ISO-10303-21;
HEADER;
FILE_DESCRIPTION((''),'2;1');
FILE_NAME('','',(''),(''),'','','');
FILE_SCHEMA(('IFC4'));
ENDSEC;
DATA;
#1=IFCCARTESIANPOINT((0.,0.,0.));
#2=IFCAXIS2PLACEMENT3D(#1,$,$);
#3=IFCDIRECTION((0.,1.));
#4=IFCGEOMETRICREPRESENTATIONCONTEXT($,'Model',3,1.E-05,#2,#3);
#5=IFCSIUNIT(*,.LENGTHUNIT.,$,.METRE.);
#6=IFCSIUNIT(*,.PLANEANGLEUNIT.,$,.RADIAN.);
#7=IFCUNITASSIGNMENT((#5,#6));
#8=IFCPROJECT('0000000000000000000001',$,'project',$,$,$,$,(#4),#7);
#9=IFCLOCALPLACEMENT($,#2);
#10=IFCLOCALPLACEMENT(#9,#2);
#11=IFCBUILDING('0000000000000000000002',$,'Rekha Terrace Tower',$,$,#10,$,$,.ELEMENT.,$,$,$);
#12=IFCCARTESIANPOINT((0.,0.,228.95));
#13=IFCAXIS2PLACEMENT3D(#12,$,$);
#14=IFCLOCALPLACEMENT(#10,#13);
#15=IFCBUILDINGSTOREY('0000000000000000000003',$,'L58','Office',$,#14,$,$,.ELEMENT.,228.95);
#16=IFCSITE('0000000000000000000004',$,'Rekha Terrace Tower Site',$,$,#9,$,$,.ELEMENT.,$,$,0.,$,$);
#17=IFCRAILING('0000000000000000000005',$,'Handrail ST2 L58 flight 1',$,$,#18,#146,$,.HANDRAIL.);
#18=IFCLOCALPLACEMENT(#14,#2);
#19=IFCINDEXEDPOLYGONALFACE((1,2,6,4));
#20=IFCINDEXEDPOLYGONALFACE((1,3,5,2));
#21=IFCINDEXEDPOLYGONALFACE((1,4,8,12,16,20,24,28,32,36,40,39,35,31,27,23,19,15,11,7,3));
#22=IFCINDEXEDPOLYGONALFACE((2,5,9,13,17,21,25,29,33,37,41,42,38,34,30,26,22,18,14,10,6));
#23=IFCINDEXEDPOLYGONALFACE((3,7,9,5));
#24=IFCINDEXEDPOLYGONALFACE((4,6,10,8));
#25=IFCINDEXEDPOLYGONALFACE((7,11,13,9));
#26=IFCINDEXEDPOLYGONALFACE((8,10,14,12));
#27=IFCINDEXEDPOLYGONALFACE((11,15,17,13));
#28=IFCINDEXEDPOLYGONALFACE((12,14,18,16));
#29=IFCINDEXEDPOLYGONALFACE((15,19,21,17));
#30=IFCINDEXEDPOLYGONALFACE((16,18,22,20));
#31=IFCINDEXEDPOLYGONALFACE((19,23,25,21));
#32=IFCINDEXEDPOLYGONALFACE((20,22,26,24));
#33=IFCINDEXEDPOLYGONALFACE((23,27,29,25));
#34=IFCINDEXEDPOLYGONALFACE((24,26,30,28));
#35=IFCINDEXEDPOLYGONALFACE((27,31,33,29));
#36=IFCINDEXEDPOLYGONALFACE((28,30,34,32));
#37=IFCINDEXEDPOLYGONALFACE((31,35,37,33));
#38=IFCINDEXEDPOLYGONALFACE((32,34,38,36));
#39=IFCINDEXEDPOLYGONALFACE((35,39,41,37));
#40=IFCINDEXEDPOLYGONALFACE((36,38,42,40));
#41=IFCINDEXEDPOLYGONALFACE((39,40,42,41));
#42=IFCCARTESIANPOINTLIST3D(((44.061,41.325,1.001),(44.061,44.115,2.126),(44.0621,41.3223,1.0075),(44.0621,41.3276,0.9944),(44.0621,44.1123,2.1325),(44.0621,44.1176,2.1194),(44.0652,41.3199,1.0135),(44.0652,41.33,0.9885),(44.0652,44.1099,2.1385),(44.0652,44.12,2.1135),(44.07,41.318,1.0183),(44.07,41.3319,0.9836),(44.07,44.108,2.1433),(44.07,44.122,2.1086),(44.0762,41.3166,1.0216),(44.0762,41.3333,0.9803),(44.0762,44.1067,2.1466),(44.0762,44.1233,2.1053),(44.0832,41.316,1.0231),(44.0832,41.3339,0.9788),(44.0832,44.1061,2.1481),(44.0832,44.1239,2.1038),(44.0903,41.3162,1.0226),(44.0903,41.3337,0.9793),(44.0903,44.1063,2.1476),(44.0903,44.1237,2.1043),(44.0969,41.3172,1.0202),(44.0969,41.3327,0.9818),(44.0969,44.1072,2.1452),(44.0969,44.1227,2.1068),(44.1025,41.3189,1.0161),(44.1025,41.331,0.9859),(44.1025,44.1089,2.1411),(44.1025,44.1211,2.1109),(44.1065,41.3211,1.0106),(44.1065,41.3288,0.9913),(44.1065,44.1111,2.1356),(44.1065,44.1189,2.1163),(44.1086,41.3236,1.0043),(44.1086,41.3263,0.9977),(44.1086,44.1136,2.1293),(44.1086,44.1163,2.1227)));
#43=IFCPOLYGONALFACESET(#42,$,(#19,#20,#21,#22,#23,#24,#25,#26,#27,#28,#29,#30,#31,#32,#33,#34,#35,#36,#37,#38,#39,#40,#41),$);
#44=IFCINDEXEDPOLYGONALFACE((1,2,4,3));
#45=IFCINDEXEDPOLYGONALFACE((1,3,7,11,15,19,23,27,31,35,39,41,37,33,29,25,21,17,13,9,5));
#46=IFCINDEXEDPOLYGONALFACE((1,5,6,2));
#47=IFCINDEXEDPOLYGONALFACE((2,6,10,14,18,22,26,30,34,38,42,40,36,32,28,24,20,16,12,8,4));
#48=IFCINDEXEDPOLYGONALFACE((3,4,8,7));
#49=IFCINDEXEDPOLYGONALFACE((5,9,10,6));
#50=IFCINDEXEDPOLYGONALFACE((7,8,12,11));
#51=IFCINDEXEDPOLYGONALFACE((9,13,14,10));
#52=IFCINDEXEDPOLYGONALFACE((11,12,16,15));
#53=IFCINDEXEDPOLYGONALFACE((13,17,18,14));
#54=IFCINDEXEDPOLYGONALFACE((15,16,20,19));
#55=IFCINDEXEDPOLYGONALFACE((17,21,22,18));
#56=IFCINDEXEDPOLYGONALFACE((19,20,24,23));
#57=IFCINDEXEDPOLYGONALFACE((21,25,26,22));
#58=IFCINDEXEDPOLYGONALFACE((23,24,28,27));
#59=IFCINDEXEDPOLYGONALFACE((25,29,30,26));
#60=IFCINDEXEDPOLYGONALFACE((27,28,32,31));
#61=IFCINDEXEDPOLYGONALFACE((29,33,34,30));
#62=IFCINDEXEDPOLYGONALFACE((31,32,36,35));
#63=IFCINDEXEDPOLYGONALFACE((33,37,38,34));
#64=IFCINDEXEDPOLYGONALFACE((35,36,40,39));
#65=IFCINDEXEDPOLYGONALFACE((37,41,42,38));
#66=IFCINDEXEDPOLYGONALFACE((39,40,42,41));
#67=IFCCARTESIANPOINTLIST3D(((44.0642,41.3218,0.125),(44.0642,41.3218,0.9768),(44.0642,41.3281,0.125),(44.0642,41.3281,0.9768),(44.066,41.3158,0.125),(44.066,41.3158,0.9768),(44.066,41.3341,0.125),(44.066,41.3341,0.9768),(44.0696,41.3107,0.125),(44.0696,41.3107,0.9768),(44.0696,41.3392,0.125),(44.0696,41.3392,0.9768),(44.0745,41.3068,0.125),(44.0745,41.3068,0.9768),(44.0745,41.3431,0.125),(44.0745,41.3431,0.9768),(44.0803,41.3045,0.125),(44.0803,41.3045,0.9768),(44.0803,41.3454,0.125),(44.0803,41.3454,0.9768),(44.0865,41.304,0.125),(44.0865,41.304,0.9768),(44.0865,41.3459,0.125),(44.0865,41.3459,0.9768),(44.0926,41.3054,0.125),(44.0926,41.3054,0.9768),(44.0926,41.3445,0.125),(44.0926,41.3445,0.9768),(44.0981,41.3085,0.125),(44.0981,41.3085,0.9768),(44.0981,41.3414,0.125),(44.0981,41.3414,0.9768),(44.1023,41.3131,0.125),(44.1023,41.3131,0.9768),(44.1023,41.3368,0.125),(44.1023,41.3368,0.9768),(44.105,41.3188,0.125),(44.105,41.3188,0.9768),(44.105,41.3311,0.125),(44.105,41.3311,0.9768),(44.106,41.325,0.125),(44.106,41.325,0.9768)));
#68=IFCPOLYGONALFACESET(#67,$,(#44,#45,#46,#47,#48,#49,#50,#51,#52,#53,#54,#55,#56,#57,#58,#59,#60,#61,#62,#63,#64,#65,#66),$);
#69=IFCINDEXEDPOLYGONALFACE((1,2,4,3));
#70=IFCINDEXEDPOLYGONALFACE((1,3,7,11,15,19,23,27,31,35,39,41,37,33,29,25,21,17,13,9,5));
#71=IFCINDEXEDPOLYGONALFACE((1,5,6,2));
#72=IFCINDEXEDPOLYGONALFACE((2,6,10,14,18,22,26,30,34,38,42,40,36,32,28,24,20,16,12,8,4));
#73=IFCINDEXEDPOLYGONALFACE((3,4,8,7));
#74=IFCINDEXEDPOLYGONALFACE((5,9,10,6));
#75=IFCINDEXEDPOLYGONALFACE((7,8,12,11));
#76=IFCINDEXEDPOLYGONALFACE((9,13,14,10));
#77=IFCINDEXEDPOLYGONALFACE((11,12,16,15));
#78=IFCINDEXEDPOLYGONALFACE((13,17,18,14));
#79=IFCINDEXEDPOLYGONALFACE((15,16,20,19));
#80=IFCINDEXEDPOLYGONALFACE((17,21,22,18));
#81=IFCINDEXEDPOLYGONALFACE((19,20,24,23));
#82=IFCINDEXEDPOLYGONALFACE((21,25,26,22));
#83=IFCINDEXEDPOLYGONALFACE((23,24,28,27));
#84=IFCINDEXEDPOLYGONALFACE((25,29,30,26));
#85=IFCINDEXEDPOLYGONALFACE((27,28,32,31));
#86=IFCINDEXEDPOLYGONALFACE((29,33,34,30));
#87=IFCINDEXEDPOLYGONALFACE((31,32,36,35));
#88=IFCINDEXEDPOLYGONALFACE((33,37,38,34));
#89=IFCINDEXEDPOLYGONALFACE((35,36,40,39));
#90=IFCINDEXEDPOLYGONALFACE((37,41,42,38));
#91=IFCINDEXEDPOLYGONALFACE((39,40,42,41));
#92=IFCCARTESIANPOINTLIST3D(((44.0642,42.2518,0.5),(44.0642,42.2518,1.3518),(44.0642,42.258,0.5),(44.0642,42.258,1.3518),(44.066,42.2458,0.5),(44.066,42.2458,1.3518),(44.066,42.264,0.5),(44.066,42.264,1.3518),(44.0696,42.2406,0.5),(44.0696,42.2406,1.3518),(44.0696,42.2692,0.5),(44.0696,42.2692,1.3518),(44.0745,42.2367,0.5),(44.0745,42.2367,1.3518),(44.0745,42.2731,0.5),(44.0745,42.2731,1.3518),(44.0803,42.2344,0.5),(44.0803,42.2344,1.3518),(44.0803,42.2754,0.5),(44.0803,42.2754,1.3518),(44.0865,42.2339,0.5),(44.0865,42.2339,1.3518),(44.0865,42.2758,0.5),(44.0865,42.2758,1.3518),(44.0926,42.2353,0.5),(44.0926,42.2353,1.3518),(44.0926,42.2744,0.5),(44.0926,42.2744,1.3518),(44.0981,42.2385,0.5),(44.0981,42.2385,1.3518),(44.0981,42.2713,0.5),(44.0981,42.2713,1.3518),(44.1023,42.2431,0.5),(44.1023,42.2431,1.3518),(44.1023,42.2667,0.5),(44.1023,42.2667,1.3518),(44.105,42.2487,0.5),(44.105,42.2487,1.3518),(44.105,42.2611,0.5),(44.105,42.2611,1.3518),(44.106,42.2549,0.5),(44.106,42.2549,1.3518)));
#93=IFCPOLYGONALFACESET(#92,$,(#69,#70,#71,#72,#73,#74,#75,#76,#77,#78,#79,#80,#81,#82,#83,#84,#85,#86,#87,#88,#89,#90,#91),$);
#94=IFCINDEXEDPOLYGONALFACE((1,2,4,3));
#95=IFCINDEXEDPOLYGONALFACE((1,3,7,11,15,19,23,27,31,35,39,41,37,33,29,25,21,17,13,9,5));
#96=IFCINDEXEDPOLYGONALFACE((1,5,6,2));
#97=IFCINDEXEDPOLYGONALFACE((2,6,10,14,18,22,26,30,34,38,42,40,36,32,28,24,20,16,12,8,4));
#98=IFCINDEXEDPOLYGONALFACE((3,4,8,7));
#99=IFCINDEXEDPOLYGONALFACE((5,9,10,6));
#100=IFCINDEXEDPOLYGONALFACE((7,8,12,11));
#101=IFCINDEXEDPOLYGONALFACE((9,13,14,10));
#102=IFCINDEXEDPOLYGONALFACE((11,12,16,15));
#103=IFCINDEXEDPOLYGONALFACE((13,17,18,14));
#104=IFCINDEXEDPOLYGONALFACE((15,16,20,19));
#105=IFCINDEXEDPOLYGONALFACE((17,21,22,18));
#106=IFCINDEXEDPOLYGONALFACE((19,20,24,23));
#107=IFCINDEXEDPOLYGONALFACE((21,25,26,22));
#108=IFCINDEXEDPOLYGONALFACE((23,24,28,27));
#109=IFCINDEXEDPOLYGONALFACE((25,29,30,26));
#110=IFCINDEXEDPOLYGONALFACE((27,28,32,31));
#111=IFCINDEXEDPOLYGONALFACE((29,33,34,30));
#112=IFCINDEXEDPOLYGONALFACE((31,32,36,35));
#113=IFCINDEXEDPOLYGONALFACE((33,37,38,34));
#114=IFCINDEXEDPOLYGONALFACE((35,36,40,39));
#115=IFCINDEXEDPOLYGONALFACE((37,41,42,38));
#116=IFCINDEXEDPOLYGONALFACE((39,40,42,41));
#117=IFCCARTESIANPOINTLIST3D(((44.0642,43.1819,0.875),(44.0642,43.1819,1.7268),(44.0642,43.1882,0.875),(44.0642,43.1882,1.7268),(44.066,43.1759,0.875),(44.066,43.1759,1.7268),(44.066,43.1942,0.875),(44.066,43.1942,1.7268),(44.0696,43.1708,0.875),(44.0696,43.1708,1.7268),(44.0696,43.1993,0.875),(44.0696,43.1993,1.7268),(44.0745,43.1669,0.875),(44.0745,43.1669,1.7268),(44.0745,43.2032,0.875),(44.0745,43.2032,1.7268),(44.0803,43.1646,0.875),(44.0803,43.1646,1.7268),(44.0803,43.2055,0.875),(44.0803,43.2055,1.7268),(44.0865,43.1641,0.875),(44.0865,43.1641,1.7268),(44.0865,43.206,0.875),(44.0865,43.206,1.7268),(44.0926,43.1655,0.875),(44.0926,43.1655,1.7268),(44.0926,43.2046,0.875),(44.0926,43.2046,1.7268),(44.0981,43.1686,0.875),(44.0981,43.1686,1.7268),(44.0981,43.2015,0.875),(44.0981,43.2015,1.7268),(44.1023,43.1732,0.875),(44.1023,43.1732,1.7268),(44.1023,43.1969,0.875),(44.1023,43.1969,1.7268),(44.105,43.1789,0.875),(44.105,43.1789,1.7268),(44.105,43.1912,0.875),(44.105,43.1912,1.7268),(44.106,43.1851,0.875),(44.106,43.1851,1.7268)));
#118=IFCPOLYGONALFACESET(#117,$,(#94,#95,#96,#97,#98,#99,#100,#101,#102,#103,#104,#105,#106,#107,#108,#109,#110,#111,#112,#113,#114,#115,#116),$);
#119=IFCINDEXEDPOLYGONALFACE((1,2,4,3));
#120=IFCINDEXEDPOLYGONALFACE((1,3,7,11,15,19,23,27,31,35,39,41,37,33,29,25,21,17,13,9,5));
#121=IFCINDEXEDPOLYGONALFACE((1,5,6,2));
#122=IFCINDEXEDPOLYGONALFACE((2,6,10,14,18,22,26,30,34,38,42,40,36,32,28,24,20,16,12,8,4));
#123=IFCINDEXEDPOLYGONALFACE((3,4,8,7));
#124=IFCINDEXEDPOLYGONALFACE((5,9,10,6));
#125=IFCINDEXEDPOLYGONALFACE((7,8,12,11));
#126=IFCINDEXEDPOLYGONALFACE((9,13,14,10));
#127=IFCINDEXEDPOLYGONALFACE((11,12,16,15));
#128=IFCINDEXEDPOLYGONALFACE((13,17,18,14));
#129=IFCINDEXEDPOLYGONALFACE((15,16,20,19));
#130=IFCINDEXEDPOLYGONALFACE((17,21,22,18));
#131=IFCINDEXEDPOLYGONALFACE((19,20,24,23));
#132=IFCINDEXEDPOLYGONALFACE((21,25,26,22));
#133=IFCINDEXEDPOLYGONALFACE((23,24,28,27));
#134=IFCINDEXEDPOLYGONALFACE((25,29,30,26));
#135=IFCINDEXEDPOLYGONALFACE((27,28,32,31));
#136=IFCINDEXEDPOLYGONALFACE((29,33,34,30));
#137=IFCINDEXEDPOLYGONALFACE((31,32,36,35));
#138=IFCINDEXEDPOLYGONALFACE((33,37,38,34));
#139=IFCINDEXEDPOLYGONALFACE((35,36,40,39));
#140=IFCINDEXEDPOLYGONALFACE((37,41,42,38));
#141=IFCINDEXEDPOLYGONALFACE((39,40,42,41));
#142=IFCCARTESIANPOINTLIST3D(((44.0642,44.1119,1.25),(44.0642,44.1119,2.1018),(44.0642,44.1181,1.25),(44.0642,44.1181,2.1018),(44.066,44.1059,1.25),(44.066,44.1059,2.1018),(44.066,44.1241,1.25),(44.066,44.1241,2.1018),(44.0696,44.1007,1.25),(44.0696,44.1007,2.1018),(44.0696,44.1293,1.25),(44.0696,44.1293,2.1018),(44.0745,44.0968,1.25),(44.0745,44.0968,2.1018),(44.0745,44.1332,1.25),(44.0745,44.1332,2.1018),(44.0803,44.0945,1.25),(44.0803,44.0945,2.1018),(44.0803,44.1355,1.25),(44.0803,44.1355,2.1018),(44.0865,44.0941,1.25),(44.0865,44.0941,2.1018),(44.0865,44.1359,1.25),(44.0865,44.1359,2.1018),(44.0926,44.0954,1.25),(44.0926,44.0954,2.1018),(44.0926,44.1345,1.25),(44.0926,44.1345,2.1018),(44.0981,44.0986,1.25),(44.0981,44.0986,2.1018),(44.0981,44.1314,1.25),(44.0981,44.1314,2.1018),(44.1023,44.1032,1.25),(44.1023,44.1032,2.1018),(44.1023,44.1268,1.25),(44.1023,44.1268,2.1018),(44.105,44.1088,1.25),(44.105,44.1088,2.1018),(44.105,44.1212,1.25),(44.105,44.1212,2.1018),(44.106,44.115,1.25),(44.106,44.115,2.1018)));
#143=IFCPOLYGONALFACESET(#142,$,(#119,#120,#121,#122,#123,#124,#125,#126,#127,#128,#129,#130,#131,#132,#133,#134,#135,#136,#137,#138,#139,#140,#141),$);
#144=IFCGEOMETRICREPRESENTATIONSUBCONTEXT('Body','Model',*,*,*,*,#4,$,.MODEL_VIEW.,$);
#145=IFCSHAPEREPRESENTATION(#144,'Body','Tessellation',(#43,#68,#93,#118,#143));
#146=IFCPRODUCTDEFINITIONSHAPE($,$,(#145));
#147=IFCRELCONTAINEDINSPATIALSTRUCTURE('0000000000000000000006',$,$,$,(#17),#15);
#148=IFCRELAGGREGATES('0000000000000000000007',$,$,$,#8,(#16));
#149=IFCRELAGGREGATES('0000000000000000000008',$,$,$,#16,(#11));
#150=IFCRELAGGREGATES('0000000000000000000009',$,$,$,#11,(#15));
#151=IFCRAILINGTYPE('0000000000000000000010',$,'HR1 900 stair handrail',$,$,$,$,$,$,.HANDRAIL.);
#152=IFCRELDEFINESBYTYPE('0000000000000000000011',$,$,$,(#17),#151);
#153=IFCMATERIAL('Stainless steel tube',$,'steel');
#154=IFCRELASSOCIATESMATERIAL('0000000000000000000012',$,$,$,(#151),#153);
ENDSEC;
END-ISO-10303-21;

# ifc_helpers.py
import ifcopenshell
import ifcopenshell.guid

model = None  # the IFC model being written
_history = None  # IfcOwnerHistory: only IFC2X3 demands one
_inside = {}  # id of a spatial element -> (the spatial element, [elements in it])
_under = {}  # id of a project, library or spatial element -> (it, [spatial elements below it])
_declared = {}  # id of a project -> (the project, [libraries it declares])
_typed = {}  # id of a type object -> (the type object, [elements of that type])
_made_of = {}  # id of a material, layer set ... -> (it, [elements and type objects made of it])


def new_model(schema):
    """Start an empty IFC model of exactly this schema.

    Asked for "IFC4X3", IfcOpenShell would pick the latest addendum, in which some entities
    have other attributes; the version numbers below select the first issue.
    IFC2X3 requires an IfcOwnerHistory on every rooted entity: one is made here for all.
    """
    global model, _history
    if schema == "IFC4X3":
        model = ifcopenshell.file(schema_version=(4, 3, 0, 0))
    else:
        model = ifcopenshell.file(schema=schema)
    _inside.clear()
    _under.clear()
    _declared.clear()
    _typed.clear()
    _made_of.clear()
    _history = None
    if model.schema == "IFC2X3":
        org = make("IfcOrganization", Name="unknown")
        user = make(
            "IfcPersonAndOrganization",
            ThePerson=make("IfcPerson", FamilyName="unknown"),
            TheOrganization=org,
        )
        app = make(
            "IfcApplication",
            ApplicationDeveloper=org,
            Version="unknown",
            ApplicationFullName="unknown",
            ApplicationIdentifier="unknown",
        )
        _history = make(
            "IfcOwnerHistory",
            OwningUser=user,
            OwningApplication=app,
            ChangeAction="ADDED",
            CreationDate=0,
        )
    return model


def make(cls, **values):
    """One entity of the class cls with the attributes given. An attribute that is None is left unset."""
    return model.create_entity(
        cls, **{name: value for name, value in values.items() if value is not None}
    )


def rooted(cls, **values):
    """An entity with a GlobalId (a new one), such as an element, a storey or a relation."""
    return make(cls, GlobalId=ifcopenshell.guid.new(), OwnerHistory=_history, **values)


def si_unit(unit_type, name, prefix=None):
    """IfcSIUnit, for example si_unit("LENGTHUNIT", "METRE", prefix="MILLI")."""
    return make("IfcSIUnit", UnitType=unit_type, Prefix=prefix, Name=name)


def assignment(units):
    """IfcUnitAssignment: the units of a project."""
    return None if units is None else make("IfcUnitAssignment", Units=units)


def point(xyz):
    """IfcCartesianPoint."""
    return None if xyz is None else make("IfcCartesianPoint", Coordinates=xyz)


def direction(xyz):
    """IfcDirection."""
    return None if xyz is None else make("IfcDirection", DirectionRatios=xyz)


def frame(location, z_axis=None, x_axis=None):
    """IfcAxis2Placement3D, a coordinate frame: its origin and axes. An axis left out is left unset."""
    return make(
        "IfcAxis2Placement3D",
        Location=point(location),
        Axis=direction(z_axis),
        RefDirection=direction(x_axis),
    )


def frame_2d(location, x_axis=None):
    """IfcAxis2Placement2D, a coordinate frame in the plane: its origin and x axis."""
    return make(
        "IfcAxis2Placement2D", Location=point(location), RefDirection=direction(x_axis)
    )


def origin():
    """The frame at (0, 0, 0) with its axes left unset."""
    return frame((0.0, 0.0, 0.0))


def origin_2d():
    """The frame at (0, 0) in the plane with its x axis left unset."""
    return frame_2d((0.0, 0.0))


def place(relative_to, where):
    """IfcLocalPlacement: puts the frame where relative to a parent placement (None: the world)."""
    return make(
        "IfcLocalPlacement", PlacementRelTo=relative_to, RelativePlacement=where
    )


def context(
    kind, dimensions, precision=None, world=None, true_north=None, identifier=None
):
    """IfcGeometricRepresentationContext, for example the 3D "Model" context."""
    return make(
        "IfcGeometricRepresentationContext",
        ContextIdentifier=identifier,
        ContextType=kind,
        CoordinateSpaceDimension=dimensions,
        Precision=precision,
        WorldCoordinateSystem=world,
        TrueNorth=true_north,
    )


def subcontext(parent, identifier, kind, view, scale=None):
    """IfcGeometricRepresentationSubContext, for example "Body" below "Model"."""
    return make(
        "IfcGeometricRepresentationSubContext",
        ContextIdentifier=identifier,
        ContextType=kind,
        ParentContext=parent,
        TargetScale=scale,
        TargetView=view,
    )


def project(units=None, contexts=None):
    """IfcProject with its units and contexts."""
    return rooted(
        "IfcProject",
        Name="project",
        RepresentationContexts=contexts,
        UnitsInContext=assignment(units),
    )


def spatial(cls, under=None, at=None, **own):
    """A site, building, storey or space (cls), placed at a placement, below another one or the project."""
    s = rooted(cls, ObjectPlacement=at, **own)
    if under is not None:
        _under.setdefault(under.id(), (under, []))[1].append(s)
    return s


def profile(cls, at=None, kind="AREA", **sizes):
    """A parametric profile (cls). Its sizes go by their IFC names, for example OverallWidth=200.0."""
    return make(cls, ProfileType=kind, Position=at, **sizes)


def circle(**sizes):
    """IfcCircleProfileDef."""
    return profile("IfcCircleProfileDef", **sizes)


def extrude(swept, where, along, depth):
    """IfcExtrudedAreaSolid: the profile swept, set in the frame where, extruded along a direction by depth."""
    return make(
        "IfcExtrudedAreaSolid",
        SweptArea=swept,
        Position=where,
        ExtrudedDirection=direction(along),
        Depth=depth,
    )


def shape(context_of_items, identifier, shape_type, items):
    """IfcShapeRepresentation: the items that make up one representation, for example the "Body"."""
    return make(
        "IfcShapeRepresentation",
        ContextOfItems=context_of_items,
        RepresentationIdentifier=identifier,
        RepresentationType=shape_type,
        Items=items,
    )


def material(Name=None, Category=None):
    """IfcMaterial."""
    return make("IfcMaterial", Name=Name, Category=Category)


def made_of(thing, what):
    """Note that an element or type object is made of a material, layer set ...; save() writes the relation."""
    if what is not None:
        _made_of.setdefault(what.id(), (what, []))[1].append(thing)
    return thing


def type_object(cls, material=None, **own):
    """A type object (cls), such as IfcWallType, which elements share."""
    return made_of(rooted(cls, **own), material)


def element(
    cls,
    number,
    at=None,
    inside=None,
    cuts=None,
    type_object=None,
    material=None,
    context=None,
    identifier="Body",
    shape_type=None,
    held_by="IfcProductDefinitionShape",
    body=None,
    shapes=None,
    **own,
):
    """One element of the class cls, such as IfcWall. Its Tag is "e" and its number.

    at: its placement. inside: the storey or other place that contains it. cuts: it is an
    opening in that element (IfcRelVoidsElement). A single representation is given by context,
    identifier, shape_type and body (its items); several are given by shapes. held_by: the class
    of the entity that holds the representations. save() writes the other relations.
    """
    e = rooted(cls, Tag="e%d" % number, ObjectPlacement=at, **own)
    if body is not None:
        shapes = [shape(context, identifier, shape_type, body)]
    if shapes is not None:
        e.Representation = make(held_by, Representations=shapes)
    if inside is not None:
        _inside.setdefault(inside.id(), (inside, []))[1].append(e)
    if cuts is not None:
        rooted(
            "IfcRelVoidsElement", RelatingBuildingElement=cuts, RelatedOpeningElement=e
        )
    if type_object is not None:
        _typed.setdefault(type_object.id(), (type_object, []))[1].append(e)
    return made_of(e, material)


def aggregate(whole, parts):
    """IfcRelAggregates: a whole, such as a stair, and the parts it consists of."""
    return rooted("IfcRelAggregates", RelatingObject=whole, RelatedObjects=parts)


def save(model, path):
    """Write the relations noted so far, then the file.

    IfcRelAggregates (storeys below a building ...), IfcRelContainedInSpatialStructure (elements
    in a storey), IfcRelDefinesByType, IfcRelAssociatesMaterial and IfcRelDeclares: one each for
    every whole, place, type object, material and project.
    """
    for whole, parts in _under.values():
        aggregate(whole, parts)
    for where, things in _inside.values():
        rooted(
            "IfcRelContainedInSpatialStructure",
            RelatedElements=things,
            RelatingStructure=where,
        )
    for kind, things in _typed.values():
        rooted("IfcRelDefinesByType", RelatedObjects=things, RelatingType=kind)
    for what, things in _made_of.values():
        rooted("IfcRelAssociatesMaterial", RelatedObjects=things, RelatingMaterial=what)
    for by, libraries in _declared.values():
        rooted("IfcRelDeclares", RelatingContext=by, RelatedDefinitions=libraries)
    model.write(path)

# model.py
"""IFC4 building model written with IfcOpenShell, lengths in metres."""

from ifc_helpers import new_model, si_unit, direction, frame, origin, origin_2d, place, context, subcontext, project, spatial, circle, extrude, material, type_object, element, save


model = new_model("IFC4")

# Units and contexts
model_context = context("Model", 3, precision=1e-05, world=origin(), true_north=direction((0.0, 1.0)))
body_context = subcontext(model_context, "Body", "Model", "MODEL_VIEW")
ifc_project = project(units=[si_unit("LENGTHUNIT", "METRE"), si_unit("PLANEANGLEUNIT", "RADIAN")], contexts=[model_context])

# Site, building, storey
site_placement = place(None, origin())
site = spatial("IfcSite", under=ifc_project, at=site_placement, Name="Rekha Terrace Tower Site", CompositionType="ELEMENT", RefElevation=0.0)
building_placement = place(site_placement, origin())
building = spatial("IfcBuilding", under=site, at=building_placement, Name="Rekha Terrace Tower", CompositionType="ELEMENT")
storey_placement = place(building_placement, frame((0.0, 0.0, 228.95)))
storey = spatial("IfcBuildingStorey", under=building, at=storey_placement, Name="L58", Description="Office", CompositionType="ELEMENT", Elevation=228.95)

# Railing
ifc_material_1 = material(Name="Stainless steel tube", Category="steel")
railing_type_1 = type_object("IfcRailingType", Name="HR1 900 stair handrail", PredefinedType="HANDRAIL", material=ifc_material_1)
railing_1_placement = place(storey_placement, frame((44.085, 41.325, 0.125)))
element("IfcRailing", 1, at=railing_1_placement, inside=storey, type_object=railing_type_1, Name="Handrail ST2 L58 flight 1", PredefinedType="HANDRAIL", context=body_context, shape_type="SweptSolid", body=[
    extrude(circle(Radius=0.0239, at=origin_2d()), frame((0.0, 0.0, 0.876), z_axis=(0.0, 0.927443, 0.373964), x_axis=(-1.0, 0.0, 0.0)), (0.0, 0.0, 1.0), 3.0083),
    extrude(circle(Radius=0.021, at=origin_2d()), origin(), (0.0, 0.0, 1.0), 0.8518),
    extrude(circle(Radius=0.021, at=origin_2d()), frame((0.0, 0.9299, 0.375)), (0.0, 0.0, 1.0), 0.8518),
    extrude(circle(Radius=0.021, at=origin_2d()), frame((0.0, 1.8601, 0.75)), (0.0, 0.0, 1.0), 0.8518),
    extrude(circle(Radius=0.021, at=origin_2d()), frame((0.0, 2.79, 1.125)), (0.0, 0.0, 1.0), 0.8518),
])

save(model, "model.ifc")
